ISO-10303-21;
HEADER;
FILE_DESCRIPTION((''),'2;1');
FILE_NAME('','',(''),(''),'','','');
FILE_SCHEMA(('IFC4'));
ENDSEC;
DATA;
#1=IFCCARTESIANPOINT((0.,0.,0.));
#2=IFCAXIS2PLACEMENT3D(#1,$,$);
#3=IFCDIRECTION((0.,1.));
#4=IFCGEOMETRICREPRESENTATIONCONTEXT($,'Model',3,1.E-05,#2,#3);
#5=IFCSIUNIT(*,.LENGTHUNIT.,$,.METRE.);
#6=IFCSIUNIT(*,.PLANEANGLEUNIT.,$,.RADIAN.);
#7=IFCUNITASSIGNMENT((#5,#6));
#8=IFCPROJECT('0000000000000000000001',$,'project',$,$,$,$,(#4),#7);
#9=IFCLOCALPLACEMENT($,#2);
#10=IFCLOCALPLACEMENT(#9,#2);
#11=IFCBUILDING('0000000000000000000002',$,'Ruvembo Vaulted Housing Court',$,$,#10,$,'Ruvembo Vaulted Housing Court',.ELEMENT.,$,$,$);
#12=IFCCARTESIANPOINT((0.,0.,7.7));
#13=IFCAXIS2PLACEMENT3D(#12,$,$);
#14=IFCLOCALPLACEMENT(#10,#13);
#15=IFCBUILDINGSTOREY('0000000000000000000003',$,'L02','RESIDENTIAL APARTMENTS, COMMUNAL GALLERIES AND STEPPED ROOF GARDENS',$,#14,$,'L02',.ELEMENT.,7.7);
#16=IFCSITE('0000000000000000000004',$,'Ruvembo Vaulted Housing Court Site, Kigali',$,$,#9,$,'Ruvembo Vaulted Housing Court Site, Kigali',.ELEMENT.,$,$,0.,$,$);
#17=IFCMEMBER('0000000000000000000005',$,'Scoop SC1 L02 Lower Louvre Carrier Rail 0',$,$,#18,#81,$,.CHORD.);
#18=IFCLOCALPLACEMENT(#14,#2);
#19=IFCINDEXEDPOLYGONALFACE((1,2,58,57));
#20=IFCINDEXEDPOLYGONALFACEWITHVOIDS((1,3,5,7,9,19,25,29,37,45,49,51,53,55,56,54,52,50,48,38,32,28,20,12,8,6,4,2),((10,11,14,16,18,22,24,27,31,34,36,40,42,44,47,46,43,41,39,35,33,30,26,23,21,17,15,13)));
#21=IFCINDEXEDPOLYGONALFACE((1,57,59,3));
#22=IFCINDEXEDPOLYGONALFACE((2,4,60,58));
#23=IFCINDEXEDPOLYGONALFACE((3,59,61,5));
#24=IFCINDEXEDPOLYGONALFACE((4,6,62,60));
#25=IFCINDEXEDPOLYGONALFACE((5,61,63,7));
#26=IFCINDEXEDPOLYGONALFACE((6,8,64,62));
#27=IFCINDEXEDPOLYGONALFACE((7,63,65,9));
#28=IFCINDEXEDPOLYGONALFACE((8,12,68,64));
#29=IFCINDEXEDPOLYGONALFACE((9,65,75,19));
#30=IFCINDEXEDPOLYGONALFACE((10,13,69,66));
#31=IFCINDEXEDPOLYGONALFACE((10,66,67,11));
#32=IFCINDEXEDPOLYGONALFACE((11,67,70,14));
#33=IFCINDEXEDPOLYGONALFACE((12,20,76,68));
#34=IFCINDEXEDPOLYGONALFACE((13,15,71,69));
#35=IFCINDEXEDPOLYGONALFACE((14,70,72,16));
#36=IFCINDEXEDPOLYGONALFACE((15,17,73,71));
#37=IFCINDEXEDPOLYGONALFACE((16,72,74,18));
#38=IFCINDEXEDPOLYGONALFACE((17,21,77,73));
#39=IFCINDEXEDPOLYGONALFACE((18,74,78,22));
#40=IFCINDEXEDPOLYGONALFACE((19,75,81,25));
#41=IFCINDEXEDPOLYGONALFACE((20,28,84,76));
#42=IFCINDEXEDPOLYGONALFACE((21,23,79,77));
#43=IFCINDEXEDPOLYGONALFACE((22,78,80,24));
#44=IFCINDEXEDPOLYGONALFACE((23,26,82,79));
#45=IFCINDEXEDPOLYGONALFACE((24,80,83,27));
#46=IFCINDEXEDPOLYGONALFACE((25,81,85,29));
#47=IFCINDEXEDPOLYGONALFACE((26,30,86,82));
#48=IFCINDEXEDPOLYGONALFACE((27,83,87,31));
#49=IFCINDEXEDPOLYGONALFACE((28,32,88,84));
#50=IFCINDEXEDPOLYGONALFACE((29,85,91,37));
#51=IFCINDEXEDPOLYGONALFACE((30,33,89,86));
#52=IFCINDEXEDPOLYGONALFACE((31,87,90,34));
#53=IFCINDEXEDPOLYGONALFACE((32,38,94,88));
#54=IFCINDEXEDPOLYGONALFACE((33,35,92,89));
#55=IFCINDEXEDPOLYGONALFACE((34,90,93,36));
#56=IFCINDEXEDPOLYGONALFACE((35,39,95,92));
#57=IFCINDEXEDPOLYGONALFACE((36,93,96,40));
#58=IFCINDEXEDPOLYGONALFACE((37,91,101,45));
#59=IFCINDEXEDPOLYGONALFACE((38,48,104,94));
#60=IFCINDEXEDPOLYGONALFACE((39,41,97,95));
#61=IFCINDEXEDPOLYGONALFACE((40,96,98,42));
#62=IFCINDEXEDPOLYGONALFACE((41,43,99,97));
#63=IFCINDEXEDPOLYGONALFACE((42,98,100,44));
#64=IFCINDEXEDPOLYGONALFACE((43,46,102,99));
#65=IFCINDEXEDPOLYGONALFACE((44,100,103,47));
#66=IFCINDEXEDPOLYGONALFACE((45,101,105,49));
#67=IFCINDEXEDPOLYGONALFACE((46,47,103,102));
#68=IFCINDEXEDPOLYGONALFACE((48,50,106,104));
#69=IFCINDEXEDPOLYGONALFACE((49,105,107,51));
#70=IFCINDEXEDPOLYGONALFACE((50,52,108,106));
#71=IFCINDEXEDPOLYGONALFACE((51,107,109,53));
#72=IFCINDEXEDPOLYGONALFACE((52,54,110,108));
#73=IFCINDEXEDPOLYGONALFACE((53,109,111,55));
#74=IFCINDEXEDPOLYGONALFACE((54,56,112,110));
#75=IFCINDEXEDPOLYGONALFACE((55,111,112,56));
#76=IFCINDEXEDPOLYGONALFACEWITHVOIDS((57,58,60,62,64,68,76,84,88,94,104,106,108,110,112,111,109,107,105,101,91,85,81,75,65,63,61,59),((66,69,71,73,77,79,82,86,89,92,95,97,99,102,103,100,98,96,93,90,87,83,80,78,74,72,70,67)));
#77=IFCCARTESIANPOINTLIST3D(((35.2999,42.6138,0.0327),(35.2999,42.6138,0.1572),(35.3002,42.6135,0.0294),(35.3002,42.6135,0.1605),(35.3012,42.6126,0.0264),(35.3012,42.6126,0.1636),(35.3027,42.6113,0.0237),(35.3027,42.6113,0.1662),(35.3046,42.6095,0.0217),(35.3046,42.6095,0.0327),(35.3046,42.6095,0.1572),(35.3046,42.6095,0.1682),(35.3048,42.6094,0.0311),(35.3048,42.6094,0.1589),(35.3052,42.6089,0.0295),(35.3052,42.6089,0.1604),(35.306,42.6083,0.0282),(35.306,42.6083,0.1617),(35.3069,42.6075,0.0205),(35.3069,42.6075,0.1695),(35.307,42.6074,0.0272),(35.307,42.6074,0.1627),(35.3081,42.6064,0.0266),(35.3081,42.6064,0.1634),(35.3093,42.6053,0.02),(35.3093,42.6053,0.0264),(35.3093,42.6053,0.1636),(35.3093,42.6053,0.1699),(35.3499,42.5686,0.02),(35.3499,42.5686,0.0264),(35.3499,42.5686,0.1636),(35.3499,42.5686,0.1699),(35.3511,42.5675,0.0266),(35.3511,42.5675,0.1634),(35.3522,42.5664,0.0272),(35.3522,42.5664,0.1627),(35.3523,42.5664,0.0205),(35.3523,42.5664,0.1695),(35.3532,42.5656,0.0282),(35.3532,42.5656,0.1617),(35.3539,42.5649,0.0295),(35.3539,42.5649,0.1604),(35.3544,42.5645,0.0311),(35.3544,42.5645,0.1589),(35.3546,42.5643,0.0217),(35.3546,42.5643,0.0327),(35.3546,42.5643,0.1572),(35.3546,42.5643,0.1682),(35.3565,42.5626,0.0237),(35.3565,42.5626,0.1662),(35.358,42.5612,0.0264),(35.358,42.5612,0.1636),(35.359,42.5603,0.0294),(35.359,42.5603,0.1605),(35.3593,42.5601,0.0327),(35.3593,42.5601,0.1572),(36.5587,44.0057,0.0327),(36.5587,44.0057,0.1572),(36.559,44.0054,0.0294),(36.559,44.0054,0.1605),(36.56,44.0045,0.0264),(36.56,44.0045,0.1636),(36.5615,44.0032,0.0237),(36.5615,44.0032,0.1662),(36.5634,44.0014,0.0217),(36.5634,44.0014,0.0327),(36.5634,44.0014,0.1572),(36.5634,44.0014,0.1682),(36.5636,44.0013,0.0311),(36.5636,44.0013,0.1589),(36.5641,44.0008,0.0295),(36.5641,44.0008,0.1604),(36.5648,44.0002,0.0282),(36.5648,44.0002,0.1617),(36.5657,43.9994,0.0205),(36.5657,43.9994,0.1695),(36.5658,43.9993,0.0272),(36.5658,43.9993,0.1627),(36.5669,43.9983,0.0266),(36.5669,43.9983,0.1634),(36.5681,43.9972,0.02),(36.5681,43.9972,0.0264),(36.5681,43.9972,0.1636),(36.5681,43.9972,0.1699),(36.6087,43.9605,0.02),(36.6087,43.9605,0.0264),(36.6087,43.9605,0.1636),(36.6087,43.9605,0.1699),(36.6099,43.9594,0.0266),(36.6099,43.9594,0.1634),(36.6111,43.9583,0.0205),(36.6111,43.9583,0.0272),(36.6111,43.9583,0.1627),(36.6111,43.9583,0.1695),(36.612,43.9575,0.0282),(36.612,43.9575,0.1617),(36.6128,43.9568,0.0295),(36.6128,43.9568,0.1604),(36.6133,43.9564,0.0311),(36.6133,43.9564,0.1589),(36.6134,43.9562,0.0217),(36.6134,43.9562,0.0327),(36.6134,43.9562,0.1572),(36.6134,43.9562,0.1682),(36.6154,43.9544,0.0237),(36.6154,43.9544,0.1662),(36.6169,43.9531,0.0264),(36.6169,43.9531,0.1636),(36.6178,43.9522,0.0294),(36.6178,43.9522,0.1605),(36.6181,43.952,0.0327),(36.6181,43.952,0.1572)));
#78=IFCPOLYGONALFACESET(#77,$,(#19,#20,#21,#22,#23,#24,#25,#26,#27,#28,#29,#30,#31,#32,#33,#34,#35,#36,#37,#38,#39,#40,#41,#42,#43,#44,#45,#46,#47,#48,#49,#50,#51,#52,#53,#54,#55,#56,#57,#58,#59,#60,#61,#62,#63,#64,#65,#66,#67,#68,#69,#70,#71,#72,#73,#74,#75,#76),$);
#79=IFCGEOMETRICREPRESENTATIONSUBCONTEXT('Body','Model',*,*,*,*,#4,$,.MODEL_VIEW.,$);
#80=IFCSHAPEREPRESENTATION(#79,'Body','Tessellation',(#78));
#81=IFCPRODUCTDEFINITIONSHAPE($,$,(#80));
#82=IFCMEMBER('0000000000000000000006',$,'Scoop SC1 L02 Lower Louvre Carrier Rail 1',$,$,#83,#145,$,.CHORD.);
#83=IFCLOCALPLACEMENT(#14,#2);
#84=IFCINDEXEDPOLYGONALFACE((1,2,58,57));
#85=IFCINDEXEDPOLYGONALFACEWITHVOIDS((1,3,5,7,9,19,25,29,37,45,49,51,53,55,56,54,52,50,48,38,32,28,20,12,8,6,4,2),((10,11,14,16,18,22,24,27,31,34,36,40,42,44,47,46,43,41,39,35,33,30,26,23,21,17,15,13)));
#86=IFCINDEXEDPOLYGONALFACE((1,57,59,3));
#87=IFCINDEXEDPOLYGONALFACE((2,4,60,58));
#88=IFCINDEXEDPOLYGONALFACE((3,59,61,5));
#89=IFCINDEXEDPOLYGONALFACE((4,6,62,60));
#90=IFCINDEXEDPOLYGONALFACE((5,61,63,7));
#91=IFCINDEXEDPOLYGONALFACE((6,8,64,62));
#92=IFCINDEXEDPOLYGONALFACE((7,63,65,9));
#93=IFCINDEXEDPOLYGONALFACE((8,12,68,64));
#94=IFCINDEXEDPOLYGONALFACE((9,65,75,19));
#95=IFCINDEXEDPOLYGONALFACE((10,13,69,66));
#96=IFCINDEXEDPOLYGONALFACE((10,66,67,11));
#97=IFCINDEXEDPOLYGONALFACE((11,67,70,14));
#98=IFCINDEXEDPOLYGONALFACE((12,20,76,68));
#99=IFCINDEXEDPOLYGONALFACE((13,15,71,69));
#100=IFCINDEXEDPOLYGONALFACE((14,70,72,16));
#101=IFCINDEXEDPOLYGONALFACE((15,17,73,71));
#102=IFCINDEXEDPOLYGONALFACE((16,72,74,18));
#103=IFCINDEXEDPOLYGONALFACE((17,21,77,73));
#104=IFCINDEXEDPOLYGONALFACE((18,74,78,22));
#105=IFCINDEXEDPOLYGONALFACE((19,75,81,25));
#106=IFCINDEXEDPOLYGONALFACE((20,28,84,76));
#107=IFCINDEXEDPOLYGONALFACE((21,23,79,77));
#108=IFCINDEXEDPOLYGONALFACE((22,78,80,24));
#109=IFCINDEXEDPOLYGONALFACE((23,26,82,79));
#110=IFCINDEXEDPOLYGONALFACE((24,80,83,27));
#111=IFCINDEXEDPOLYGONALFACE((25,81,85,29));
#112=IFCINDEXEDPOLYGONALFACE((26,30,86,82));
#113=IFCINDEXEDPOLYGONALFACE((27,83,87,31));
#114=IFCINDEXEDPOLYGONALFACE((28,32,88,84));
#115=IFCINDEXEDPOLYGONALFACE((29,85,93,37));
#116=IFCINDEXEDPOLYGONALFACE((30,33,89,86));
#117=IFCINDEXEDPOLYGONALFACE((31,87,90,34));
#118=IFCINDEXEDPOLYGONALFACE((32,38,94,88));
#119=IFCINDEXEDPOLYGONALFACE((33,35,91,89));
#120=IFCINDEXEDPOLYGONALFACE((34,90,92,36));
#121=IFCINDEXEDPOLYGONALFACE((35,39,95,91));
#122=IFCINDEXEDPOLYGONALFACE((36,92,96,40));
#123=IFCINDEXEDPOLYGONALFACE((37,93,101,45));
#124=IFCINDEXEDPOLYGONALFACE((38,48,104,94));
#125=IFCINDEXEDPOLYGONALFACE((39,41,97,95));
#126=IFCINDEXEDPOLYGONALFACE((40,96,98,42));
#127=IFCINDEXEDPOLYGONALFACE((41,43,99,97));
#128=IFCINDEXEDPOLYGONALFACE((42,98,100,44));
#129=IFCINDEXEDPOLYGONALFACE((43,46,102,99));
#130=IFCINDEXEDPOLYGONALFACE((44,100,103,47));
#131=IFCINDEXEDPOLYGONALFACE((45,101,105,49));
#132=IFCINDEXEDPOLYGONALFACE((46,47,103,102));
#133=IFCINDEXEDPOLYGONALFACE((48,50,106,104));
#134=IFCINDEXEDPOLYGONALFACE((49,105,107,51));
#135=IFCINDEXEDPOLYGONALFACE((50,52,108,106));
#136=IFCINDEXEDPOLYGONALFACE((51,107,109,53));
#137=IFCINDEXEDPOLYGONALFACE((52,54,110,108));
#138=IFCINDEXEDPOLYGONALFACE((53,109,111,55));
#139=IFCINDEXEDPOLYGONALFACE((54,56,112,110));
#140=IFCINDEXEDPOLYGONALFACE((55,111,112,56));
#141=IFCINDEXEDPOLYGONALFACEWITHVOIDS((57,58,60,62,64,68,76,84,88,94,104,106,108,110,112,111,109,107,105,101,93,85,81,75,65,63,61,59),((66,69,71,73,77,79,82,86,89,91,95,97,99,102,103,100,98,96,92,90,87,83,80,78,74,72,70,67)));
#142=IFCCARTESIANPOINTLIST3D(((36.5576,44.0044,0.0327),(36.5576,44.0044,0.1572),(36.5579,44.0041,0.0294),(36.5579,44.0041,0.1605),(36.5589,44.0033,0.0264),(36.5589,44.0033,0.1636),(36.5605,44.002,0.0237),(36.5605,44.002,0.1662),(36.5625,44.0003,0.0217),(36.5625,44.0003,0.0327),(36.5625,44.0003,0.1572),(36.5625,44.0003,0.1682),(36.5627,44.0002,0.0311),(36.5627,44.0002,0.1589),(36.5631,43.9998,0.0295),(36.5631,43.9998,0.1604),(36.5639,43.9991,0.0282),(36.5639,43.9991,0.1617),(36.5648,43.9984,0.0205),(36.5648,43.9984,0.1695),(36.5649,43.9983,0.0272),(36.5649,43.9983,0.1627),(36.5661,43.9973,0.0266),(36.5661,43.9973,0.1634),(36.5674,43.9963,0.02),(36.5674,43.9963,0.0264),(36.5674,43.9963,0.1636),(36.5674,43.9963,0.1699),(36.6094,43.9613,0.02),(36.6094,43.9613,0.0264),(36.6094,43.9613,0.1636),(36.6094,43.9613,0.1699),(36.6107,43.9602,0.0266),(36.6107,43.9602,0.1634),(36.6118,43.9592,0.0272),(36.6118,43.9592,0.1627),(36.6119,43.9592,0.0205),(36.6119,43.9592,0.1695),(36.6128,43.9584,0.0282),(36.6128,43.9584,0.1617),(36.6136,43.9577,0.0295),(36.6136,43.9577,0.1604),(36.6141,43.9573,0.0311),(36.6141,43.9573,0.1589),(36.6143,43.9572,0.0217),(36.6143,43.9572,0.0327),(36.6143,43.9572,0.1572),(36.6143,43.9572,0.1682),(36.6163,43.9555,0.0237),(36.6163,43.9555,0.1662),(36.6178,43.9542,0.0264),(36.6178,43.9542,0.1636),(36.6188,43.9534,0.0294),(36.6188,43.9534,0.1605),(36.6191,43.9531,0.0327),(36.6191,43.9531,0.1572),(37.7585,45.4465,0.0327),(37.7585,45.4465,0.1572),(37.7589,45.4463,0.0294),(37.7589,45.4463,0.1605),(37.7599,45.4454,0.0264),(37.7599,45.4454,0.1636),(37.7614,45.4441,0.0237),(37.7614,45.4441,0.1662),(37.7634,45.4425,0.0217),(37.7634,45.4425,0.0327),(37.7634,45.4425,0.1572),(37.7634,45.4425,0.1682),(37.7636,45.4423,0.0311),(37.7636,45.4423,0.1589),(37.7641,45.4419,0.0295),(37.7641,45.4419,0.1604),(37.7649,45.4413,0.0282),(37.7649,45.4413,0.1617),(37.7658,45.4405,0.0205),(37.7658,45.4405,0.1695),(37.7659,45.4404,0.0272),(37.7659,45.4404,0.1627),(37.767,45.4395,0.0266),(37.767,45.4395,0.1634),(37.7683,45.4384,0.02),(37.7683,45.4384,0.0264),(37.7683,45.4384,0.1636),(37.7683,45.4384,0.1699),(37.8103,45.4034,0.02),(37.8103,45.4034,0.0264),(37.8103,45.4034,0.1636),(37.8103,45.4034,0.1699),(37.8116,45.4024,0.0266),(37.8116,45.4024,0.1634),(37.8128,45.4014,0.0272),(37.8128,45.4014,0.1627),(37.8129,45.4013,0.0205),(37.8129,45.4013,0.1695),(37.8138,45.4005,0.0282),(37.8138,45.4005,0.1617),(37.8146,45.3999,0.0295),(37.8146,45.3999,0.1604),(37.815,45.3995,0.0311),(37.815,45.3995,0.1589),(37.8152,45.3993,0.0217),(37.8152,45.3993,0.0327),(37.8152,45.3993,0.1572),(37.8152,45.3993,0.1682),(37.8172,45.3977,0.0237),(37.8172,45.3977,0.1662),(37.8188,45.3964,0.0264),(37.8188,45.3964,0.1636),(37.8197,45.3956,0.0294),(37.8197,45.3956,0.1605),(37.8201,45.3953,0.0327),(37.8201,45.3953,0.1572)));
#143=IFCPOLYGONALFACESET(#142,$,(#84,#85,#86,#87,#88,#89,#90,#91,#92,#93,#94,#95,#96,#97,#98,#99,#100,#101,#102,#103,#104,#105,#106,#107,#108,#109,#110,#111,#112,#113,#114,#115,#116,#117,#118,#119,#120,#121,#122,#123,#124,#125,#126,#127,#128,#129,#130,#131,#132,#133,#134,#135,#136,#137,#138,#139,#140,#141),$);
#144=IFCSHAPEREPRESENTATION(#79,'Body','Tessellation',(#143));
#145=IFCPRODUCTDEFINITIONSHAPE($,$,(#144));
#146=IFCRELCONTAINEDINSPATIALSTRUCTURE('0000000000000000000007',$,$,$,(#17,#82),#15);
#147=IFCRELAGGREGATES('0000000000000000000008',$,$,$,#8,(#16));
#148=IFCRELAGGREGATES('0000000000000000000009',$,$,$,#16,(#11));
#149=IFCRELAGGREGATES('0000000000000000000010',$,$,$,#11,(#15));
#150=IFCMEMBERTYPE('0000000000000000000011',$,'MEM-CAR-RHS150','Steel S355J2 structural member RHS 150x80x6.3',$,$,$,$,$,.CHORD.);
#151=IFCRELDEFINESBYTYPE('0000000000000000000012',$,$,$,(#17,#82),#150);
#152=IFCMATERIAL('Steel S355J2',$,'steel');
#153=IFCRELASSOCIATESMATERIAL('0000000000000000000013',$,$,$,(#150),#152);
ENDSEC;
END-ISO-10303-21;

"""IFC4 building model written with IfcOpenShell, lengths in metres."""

from ifc_helpers import new_model, si_unit, direction, frame, origin, origin_2d, place, context, subcontext, project, spatial, hollow_rectangle, extrude, material, material_profile, profile_set, type_object, element, save


model = new_model("IFC4")

# Units and contexts
model_context = context("Model", 3, precision=1e-05, world=origin(), true_north=direction((0.0, 1.0)))
body_context = subcontext(model_context, "Body", "Model", "MODEL_VIEW")
ifc_project = project(units=[si_unit("LENGTHUNIT", "METRE"), si_unit("PLANEANGLEUNIT", "RADIAN")], contexts=[model_context])

# Site, building, storey
site_placement = place(None, origin())
site = spatial("IfcSite", under=ifc_project, at=site_placement, Name="Ruvembo Vaulted Housing Court Site, Kigali", LongName="Ruvembo Vaulted Housing Court Site, Kigali", CompositionType="ELEMENT", RefElevation=0.0)
building_placement = place(site_placement, origin())
building = spatial("IfcBuilding", under=site, at=building_placement, Name="Ruvembo Vaulted Housing Court", LongName="Ruvembo Vaulted Housing Court", CompositionType="ELEMENT")
storey_placement = place(building_placement, frame((0.0, 0.0, 7.7)))
storey = spatial("IfcBuildingStorey", under=building, at=storey_placement, Name="L02", Description="RESIDENTIAL APARTMENTS, COMMUNAL GALLERIES AND STEPPED ROOF GARDENS", LongName="L02", CompositionType="ELEMENT", Elevation=7.7)

# Shared definitions
ifc_material_1 = material(Name="Steel S355J2", Category="steel")

# Members
ifc_material_profile_1 = material_profile(ifc_material_1, hollow_rectangle(XDim=0.0801, YDim=0.1499, WallThickness=0.0063, InnerFilletRadius=0.0063, OuterFilletRadius=0.0127, at=origin_2d()), Name="RHS 150x80x6.3")
ifc_profile_set_1 = profile_set([ifc_material_profile_1], Name="Steel S355J2")
member_type_1 = type_object("IfcMemberType", Name="MEM-CAR-RHS150", Description="Steel S355J2 structural member RHS 150x80x6.3", PredefinedType="CHORD", material=ifc_profile_set_1)
for number, where, z_axis, x_axis, name in (
    (1, (35.3296, 42.5869, 0.095), (0.670767, 0.741668, 0.0), (-0.741668, 0.670767, 0.0), "Scoop SC1 L02 Lower Louvre Carrier Rail 0"),
    (2, (36.5884, 43.9788, 0.095), (0.639916, 0.768445, 0.0), (-0.768445, 0.639916, 0.0), "Scoop SC1 L02 Lower Louvre Carrier Rail 1"),
):
    element("IfcMember", number, at=place(storey_placement, frame(where, z_axis=z_axis, x_axis=x_axis)), inside=storey, type_object=member_type_1, Name=name, PredefinedType="CHORD", context=body_context, shape_type="SweptSolid", body=[
        extrude(hollow_rectangle(XDim=0.0801, YDim=0.1499, WallThickness=0.0063, InnerFilletRadius=0.0063, OuterFilletRadius=0.0127, at=origin_2d()), origin(), (0.0, 0.0, 1.0), 1.8767),
    ])

save(model, "model.ifc")
